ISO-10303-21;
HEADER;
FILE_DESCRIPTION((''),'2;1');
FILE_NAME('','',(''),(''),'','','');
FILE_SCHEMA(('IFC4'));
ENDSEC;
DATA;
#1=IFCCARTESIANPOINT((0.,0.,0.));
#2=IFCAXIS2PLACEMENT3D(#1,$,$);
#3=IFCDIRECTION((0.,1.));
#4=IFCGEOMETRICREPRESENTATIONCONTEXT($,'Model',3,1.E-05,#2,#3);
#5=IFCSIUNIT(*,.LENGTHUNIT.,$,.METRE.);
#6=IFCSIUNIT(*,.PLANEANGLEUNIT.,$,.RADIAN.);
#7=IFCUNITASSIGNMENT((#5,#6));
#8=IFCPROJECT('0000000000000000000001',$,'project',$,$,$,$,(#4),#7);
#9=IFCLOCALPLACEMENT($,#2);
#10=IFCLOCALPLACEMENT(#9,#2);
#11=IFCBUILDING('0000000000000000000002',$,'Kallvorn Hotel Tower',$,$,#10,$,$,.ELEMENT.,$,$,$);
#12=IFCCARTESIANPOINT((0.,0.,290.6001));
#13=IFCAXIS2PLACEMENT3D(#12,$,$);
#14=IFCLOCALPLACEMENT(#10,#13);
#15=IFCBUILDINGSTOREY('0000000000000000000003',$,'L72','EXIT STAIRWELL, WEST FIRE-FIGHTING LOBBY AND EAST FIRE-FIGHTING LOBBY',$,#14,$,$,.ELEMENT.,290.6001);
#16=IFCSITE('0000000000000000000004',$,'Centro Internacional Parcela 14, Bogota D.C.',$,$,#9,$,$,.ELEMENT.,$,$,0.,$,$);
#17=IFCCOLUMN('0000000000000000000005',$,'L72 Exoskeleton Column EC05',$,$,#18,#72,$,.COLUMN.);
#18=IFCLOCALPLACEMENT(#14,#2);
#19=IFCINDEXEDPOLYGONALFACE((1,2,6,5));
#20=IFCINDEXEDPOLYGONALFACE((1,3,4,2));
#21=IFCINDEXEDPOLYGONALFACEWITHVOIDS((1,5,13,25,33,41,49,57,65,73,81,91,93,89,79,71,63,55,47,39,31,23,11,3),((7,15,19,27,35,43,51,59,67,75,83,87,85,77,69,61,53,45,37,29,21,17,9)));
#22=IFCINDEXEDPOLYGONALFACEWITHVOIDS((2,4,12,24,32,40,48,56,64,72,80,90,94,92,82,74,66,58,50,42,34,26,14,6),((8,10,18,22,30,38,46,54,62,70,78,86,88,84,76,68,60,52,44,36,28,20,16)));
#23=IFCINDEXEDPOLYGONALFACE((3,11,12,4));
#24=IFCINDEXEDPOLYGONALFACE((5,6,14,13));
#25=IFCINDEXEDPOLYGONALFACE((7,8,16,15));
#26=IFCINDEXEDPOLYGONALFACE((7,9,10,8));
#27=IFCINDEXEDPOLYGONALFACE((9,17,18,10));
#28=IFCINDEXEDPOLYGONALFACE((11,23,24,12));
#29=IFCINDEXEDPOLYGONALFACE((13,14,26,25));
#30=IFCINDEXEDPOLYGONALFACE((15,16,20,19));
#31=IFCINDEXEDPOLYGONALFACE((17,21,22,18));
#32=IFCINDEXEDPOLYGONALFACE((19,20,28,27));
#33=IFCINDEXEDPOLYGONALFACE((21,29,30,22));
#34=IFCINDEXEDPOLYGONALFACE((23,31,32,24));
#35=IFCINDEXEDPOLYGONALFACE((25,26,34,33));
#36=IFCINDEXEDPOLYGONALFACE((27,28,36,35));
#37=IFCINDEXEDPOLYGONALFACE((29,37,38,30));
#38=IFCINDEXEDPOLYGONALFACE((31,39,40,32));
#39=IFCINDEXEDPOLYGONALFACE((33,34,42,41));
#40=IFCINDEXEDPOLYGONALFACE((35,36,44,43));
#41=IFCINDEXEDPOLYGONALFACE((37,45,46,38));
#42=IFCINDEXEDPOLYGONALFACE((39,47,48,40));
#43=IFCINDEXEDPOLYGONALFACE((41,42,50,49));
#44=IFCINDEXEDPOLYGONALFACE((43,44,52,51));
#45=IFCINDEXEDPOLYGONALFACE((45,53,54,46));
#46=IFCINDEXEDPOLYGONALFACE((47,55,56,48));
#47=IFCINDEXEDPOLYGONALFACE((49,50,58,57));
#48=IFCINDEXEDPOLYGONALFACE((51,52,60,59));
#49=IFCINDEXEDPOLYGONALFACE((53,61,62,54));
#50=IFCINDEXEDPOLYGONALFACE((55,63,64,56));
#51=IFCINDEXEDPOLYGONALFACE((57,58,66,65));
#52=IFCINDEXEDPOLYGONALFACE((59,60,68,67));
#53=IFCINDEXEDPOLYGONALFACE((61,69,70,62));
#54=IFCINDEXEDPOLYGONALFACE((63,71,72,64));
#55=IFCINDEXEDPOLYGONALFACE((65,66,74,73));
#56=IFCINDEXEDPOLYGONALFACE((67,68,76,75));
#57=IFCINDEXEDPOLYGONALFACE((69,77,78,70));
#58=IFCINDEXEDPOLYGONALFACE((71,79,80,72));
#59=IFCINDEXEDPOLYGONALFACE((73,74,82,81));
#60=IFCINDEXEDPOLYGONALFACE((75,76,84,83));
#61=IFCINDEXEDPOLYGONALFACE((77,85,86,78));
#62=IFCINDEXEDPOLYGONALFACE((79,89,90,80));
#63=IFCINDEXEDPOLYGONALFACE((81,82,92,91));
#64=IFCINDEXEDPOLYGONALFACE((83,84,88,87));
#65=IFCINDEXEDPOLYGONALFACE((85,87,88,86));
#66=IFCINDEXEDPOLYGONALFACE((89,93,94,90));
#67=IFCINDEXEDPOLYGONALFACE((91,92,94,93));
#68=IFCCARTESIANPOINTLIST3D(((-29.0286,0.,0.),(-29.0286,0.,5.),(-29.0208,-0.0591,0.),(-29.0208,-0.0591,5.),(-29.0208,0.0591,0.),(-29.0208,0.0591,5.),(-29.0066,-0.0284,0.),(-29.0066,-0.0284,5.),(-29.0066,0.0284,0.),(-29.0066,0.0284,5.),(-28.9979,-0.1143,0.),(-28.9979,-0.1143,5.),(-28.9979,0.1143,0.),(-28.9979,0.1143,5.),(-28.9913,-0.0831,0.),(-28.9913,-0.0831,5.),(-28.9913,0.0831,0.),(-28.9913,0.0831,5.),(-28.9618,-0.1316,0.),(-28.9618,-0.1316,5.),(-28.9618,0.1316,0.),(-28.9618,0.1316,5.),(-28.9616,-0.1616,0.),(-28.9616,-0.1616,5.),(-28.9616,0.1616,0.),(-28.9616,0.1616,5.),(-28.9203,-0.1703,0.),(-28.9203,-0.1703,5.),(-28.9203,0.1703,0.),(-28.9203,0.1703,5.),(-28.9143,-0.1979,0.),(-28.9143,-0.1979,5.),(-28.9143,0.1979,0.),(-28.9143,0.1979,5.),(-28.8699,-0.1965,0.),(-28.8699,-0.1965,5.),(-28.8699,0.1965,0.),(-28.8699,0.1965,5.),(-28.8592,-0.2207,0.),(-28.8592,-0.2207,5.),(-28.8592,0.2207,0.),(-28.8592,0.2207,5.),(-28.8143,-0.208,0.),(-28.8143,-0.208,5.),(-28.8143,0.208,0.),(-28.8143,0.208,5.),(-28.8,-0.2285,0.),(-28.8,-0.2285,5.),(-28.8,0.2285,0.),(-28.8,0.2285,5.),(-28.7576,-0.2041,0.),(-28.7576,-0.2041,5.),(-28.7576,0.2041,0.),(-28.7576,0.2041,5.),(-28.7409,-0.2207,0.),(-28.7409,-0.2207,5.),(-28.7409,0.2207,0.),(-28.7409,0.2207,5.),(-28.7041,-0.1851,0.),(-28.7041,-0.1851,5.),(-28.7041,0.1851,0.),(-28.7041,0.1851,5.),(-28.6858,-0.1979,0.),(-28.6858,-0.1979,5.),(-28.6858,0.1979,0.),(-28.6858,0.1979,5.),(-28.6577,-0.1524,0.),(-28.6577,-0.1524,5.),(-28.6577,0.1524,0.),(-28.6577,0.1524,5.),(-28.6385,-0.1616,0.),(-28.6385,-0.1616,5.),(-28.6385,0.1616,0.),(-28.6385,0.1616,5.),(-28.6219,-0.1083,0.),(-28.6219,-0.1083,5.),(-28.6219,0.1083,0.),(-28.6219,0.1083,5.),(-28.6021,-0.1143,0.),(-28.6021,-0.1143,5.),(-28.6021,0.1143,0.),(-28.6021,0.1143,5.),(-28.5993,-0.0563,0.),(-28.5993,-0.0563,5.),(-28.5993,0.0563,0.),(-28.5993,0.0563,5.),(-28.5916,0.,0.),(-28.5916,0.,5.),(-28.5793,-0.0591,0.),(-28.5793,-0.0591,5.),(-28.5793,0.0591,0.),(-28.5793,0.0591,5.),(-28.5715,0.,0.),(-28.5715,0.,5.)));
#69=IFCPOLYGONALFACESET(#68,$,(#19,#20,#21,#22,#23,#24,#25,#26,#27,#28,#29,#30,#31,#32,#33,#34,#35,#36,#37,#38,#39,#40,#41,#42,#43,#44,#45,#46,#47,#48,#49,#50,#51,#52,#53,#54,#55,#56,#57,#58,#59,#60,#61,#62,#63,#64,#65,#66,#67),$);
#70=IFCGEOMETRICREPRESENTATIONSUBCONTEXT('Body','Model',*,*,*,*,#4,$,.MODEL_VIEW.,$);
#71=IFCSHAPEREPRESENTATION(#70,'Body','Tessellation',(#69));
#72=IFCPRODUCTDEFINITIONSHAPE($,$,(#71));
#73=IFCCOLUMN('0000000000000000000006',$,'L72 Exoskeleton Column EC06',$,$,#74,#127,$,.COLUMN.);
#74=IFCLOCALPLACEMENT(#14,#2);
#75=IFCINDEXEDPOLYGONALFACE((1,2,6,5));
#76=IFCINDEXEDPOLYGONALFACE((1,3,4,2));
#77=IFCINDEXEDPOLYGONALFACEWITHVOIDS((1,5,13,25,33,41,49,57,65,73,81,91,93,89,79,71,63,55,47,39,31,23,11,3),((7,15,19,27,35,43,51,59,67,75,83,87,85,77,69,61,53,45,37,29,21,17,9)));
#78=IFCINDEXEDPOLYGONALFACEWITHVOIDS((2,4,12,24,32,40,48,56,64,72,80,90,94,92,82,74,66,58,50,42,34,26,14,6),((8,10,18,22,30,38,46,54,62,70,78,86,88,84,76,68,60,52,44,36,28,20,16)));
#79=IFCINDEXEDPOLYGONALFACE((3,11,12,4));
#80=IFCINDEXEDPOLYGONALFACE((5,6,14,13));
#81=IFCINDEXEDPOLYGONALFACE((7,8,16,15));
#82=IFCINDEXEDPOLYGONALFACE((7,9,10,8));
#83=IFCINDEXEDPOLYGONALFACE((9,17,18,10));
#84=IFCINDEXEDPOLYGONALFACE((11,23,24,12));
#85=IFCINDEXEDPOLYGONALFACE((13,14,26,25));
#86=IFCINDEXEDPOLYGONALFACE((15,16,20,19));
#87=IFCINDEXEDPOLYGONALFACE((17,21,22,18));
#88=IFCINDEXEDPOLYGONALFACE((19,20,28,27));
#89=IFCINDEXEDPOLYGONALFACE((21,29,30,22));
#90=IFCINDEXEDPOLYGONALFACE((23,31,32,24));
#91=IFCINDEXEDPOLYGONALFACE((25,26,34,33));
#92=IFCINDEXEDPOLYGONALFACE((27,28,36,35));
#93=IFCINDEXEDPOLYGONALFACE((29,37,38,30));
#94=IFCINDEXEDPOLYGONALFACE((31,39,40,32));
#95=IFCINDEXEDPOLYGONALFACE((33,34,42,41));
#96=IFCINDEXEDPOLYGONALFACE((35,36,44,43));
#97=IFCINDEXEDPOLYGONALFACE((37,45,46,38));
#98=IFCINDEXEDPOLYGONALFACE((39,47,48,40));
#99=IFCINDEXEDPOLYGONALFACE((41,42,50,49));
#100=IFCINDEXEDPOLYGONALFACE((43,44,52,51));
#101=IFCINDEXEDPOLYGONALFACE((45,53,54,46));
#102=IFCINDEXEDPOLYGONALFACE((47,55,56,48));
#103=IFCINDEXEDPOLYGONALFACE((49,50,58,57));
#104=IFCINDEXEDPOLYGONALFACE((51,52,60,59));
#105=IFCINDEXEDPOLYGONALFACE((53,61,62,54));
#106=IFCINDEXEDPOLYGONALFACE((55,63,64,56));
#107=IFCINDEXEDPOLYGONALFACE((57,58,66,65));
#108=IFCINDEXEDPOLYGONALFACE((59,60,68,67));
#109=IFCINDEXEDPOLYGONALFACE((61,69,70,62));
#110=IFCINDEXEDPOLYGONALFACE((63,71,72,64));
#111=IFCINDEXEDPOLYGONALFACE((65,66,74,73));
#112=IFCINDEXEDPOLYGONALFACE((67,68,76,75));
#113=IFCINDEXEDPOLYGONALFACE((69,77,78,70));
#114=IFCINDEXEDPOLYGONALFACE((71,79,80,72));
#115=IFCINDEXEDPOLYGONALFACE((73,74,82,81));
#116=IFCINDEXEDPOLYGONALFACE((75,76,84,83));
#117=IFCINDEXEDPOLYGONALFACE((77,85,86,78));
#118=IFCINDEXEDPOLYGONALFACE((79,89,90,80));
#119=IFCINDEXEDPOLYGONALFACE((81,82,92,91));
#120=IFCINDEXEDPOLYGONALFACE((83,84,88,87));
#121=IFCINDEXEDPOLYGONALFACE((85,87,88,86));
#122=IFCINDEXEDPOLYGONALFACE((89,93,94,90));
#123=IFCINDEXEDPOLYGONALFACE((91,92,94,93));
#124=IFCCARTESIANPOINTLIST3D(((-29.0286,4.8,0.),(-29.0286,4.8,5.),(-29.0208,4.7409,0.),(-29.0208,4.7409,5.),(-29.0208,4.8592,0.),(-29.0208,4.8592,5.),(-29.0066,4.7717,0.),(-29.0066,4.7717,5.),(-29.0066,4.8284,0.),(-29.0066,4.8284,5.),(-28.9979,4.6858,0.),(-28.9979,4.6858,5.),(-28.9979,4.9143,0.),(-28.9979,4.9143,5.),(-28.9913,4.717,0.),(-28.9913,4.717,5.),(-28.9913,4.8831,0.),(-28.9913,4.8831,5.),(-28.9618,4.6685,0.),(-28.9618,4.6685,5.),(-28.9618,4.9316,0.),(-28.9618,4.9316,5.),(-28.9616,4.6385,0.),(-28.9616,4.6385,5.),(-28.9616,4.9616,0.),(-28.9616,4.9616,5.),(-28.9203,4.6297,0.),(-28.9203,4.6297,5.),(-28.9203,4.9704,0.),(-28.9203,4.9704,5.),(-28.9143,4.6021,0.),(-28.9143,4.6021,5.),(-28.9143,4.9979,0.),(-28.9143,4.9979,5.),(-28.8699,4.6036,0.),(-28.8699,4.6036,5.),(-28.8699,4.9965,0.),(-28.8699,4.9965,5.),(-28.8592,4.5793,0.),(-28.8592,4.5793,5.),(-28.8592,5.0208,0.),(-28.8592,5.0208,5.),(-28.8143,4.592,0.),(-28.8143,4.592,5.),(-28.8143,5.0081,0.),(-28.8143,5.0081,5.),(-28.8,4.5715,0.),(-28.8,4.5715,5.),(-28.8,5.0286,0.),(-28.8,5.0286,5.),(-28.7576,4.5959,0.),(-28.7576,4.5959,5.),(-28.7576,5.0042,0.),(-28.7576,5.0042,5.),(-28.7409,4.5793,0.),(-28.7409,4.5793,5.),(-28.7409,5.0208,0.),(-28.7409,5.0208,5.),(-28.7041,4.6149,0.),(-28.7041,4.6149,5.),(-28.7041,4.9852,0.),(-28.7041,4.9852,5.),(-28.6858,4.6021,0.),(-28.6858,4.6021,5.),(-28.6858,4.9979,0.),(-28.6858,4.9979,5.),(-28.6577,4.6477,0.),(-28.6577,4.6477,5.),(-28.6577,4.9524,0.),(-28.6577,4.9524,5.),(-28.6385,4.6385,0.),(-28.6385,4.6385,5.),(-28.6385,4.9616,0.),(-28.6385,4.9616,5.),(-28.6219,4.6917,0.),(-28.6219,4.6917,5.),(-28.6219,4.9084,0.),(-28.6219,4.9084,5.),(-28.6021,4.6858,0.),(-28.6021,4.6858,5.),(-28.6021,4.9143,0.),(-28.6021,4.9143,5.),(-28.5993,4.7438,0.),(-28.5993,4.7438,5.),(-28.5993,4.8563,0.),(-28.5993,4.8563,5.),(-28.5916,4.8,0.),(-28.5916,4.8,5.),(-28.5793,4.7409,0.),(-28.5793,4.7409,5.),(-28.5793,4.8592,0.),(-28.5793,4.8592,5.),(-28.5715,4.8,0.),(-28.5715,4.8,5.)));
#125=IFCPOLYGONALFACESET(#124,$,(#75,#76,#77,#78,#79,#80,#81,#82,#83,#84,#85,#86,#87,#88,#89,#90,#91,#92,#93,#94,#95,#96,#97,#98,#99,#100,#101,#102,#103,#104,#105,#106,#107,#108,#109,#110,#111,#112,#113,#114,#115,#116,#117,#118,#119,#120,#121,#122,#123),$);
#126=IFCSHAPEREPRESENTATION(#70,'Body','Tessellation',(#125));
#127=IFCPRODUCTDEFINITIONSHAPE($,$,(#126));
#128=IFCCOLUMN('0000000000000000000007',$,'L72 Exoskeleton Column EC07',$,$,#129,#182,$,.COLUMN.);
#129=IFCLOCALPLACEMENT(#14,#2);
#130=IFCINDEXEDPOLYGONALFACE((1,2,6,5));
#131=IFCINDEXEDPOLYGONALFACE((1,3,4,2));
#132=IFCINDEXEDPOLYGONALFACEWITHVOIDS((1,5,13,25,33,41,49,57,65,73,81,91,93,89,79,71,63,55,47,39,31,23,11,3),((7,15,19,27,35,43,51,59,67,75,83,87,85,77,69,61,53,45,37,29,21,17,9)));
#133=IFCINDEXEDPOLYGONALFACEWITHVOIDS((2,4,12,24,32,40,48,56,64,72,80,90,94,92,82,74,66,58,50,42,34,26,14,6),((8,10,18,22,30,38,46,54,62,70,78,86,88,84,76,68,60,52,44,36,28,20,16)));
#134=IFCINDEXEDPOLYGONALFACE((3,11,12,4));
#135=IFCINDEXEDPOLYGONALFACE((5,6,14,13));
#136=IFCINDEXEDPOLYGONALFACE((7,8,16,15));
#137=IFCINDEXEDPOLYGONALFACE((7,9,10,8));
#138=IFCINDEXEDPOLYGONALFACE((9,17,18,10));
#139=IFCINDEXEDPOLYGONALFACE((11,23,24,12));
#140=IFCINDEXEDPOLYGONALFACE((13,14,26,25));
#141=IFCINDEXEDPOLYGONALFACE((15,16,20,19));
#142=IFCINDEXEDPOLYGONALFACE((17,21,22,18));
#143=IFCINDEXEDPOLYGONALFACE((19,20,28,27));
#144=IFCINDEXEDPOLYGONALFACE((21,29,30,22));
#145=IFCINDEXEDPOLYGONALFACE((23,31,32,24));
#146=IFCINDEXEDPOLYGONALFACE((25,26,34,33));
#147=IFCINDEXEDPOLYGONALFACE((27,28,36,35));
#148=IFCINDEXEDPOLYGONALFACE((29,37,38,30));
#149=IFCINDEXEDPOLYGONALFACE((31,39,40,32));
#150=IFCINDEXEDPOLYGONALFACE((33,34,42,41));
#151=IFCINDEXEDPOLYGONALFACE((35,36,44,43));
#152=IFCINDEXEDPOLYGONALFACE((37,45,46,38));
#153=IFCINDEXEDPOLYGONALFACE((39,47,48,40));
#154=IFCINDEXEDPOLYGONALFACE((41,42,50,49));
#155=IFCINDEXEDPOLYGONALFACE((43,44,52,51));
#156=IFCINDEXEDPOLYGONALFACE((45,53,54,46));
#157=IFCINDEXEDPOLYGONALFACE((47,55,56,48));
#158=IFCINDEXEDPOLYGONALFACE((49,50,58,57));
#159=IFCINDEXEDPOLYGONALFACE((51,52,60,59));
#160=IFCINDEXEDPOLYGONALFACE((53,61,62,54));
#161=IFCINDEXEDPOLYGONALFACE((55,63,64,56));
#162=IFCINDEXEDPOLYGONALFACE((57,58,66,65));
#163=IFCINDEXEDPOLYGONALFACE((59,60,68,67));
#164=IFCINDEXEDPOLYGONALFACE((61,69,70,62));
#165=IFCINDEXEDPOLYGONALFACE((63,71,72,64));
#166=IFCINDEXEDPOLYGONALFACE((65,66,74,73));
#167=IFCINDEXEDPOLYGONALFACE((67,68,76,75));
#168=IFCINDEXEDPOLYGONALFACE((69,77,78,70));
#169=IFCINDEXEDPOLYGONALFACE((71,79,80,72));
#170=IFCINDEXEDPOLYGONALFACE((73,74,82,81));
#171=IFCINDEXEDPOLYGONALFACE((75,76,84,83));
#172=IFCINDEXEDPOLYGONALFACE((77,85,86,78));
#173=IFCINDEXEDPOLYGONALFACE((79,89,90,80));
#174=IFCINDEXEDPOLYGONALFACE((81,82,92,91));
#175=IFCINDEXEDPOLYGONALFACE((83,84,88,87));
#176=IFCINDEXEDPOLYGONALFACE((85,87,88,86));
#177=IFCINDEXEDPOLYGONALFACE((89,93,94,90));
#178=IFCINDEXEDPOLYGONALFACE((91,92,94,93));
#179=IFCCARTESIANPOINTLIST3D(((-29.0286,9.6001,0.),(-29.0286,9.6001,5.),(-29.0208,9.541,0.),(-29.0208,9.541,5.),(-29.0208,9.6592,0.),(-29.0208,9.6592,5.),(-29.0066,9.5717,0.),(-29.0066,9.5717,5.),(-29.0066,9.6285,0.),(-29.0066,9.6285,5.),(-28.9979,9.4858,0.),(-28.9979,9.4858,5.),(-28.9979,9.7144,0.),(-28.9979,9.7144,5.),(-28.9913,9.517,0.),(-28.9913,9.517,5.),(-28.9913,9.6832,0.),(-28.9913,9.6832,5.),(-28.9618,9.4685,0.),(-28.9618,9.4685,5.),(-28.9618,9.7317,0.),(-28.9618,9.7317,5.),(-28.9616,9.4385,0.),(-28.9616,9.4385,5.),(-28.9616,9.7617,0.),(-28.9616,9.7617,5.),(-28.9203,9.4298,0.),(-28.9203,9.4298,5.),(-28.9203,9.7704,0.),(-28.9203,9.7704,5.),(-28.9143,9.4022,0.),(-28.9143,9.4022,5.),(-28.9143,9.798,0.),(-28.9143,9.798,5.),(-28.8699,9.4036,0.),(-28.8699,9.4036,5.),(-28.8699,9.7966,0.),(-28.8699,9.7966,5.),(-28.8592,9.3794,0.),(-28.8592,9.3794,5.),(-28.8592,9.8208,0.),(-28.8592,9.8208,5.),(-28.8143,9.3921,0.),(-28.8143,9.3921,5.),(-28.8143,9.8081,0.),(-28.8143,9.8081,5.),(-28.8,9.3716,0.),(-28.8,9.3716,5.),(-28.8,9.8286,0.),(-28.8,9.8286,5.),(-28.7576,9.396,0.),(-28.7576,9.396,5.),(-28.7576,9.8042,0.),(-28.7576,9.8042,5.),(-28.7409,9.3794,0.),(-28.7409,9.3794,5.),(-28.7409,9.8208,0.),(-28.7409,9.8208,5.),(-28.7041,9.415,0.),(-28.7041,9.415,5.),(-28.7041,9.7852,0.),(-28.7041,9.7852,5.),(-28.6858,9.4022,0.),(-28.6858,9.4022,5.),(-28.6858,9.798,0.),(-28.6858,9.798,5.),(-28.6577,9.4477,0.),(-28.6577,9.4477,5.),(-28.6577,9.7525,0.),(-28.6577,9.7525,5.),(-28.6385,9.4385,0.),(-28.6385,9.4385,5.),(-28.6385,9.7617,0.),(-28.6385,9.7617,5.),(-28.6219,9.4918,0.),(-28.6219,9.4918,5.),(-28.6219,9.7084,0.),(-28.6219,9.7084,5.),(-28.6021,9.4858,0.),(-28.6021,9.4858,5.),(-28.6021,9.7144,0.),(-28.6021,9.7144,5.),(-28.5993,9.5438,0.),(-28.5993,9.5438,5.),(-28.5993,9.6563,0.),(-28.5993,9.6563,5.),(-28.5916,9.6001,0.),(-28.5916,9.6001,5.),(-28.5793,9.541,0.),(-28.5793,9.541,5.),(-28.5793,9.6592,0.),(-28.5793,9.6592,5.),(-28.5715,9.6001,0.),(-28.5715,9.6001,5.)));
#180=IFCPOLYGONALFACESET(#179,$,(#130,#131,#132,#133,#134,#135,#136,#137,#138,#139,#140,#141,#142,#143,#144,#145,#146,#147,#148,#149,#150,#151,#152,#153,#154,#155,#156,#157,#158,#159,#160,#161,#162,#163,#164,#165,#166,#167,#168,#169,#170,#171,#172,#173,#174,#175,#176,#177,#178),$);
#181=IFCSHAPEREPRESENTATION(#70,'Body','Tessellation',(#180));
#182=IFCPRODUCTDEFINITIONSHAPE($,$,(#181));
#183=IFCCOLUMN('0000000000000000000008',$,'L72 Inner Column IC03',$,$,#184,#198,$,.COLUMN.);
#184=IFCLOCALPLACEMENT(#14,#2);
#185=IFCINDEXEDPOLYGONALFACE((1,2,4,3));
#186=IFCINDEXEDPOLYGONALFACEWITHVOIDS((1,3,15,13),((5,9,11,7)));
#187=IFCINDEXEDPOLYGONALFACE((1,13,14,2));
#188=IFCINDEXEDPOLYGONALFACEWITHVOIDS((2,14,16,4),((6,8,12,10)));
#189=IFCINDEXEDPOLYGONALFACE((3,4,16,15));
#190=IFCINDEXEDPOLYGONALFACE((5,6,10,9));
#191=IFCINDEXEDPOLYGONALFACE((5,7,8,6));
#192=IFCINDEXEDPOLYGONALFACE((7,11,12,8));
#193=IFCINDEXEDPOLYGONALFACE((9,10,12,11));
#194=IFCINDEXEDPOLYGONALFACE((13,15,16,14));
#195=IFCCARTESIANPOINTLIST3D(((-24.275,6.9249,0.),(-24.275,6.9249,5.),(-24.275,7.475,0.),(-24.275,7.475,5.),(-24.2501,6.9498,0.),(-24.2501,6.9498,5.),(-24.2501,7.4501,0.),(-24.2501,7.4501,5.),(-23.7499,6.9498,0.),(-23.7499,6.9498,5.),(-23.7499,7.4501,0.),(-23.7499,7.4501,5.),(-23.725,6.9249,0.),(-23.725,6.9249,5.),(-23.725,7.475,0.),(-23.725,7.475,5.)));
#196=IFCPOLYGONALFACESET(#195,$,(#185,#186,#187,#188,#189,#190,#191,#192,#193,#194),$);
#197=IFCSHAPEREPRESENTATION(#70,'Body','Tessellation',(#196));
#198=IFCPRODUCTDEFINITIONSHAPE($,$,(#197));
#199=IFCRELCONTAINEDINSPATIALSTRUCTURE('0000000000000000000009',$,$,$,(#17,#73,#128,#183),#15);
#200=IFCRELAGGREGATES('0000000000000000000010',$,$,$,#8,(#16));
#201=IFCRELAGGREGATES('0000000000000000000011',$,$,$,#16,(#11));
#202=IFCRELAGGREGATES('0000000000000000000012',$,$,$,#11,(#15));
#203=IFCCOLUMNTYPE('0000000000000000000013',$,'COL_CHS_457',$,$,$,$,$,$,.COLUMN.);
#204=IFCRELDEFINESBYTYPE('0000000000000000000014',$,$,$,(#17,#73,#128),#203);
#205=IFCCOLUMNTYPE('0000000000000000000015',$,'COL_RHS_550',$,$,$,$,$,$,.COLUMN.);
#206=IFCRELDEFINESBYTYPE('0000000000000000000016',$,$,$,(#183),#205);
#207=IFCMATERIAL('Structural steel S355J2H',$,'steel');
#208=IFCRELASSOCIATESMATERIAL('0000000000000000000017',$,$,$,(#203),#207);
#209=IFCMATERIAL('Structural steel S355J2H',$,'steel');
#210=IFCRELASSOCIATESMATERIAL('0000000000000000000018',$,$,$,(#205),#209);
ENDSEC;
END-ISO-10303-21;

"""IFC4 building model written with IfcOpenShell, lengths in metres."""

from ifc_helpers import new_model, si_unit, direction, frame, origin, origin_2d, place, context, subcontext, project, spatial, hollow_rectangle, hollow_circle, extrude, material, material_profile, profile_set, type_object, element, save


model = new_model("IFC4")

# Units and contexts
model_context = context("Model", 3, precision=1e-05, world=origin(), true_north=direction((0.0, 1.0)))
body_context = subcontext(model_context, "Body", "Model", "MODEL_VIEW")
ifc_project = project(units=[si_unit("LENGTHUNIT", "METRE"), si_unit("PLANEANGLEUNIT", "RADIAN")], contexts=[model_context])

# Site, building, storey
site_placement = place(None, origin())
site = spatial("IfcSite", under=ifc_project, at=site_placement, Name="Centro Internacional Parcela 14, Bogota D.C.", CompositionType="ELEMENT", RefElevation=0.0)
building_placement = place(site_placement, origin())
building = spatial("IfcBuilding", under=site, at=building_placement, Name="Kallvorn Hotel Tower", CompositionType="ELEMENT")
storey_placement = place(building_placement, frame((0.0, 0.0, 290.6001)))
storey = spatial("IfcBuildingStorey", under=building, at=storey_placement, Name="L72", Description="EXIT STAIRWELL, WEST FIRE-FIGHTING LOBBY AND EAST FIRE-FIGHTING LOBBY", CompositionType="ELEMENT", Elevation=290.6001)

# Columns
ifc_material_1 = material(Name="Structural steel S355J2H", Category="steel")
ifc_material_profile_1 = material_profile(ifc_material_1, hollow_circle(Radius=0.2285, WallThickness=0.02, at=origin_2d()), Name="CHS 457x20")
ifc_profile_set_1 = profile_set([ifc_material_profile_1], Name="Structural steel S355J2H")
column_type_1 = type_object("IfcColumnType", Name="COL_CHS_457", PredefinedType="COLUMN", material=ifc_profile_set_1)
for number, where, z_axis, x_axis, name in (
    (1, (-28.8, 0.0, 0.0), (0.0, 0.0, 1.0), (1.0, 0.0, 0.0), "L72 Exoskeleton Column EC05"),
    (2, (-28.8, 4.8, 0.0), (0.0, 0.0, 1.0), (1.0, 0.0, 0.0), "L72 Exoskeleton Column EC06"),
    (3, (-28.8, 9.6001, 0.0), (0.0, 0.0, 1.0), (1.0, 0.0, 0.0), "L72 Exoskeleton Column EC07"),
):
    element("IfcColumn", number, at=place(storey_placement, frame(where, z_axis=z_axis, x_axis=x_axis)), inside=storey, type_object=column_type_1, Name=name, PredefinedType="COLUMN", context=body_context, shape_type="SweptSolid", body=[
        extrude(hollow_circle(Radius=0.2285, WallThickness=0.02, at=origin_2d()), origin(), (0.0, 0.0, 1.0), 5.0),
    ])
ifc_material_2 = material(Name="Structural steel S355J2H", Category="steel")
ifc_material_profile_2 = material_profile(ifc_material_2, hollow_rectangle(XDim=0.55, YDim=0.55, WallThickness=0.0249, at=origin_2d()), Name="RHS 550x550x25")
ifc_profile_set_2 = profile_set([ifc_material_profile_2], Name="Structural steel S355J2H")
column_type_2 = type_object("IfcColumnType", Name="COL_RHS_550", PredefinedType="COLUMN", material=ifc_profile_set_2)
for number, where, z_axis, x_axis, name in (
    (4, (-24.0, 7.2, 0.0), (0.0, 0.0, 1.0), (1.0, 0.0, 0.0), "L72 Inner Column IC03"),
):
    element("IfcColumn", number, at=place(storey_placement, frame(where, z_axis=z_axis, x_axis=x_axis)), inside=storey, type_object=column_type_2, Name=name, PredefinedType="COLUMN", context=body_context, shape_type="SweptSolid", body=[
        extrude(hollow_rectangle(XDim=0.55, YDim=0.55, WallThickness=0.0249, at=origin_2d()), origin(), (0.0, 0.0, 1.0), 5.0),
    ])

save(model, "model.ifc")
